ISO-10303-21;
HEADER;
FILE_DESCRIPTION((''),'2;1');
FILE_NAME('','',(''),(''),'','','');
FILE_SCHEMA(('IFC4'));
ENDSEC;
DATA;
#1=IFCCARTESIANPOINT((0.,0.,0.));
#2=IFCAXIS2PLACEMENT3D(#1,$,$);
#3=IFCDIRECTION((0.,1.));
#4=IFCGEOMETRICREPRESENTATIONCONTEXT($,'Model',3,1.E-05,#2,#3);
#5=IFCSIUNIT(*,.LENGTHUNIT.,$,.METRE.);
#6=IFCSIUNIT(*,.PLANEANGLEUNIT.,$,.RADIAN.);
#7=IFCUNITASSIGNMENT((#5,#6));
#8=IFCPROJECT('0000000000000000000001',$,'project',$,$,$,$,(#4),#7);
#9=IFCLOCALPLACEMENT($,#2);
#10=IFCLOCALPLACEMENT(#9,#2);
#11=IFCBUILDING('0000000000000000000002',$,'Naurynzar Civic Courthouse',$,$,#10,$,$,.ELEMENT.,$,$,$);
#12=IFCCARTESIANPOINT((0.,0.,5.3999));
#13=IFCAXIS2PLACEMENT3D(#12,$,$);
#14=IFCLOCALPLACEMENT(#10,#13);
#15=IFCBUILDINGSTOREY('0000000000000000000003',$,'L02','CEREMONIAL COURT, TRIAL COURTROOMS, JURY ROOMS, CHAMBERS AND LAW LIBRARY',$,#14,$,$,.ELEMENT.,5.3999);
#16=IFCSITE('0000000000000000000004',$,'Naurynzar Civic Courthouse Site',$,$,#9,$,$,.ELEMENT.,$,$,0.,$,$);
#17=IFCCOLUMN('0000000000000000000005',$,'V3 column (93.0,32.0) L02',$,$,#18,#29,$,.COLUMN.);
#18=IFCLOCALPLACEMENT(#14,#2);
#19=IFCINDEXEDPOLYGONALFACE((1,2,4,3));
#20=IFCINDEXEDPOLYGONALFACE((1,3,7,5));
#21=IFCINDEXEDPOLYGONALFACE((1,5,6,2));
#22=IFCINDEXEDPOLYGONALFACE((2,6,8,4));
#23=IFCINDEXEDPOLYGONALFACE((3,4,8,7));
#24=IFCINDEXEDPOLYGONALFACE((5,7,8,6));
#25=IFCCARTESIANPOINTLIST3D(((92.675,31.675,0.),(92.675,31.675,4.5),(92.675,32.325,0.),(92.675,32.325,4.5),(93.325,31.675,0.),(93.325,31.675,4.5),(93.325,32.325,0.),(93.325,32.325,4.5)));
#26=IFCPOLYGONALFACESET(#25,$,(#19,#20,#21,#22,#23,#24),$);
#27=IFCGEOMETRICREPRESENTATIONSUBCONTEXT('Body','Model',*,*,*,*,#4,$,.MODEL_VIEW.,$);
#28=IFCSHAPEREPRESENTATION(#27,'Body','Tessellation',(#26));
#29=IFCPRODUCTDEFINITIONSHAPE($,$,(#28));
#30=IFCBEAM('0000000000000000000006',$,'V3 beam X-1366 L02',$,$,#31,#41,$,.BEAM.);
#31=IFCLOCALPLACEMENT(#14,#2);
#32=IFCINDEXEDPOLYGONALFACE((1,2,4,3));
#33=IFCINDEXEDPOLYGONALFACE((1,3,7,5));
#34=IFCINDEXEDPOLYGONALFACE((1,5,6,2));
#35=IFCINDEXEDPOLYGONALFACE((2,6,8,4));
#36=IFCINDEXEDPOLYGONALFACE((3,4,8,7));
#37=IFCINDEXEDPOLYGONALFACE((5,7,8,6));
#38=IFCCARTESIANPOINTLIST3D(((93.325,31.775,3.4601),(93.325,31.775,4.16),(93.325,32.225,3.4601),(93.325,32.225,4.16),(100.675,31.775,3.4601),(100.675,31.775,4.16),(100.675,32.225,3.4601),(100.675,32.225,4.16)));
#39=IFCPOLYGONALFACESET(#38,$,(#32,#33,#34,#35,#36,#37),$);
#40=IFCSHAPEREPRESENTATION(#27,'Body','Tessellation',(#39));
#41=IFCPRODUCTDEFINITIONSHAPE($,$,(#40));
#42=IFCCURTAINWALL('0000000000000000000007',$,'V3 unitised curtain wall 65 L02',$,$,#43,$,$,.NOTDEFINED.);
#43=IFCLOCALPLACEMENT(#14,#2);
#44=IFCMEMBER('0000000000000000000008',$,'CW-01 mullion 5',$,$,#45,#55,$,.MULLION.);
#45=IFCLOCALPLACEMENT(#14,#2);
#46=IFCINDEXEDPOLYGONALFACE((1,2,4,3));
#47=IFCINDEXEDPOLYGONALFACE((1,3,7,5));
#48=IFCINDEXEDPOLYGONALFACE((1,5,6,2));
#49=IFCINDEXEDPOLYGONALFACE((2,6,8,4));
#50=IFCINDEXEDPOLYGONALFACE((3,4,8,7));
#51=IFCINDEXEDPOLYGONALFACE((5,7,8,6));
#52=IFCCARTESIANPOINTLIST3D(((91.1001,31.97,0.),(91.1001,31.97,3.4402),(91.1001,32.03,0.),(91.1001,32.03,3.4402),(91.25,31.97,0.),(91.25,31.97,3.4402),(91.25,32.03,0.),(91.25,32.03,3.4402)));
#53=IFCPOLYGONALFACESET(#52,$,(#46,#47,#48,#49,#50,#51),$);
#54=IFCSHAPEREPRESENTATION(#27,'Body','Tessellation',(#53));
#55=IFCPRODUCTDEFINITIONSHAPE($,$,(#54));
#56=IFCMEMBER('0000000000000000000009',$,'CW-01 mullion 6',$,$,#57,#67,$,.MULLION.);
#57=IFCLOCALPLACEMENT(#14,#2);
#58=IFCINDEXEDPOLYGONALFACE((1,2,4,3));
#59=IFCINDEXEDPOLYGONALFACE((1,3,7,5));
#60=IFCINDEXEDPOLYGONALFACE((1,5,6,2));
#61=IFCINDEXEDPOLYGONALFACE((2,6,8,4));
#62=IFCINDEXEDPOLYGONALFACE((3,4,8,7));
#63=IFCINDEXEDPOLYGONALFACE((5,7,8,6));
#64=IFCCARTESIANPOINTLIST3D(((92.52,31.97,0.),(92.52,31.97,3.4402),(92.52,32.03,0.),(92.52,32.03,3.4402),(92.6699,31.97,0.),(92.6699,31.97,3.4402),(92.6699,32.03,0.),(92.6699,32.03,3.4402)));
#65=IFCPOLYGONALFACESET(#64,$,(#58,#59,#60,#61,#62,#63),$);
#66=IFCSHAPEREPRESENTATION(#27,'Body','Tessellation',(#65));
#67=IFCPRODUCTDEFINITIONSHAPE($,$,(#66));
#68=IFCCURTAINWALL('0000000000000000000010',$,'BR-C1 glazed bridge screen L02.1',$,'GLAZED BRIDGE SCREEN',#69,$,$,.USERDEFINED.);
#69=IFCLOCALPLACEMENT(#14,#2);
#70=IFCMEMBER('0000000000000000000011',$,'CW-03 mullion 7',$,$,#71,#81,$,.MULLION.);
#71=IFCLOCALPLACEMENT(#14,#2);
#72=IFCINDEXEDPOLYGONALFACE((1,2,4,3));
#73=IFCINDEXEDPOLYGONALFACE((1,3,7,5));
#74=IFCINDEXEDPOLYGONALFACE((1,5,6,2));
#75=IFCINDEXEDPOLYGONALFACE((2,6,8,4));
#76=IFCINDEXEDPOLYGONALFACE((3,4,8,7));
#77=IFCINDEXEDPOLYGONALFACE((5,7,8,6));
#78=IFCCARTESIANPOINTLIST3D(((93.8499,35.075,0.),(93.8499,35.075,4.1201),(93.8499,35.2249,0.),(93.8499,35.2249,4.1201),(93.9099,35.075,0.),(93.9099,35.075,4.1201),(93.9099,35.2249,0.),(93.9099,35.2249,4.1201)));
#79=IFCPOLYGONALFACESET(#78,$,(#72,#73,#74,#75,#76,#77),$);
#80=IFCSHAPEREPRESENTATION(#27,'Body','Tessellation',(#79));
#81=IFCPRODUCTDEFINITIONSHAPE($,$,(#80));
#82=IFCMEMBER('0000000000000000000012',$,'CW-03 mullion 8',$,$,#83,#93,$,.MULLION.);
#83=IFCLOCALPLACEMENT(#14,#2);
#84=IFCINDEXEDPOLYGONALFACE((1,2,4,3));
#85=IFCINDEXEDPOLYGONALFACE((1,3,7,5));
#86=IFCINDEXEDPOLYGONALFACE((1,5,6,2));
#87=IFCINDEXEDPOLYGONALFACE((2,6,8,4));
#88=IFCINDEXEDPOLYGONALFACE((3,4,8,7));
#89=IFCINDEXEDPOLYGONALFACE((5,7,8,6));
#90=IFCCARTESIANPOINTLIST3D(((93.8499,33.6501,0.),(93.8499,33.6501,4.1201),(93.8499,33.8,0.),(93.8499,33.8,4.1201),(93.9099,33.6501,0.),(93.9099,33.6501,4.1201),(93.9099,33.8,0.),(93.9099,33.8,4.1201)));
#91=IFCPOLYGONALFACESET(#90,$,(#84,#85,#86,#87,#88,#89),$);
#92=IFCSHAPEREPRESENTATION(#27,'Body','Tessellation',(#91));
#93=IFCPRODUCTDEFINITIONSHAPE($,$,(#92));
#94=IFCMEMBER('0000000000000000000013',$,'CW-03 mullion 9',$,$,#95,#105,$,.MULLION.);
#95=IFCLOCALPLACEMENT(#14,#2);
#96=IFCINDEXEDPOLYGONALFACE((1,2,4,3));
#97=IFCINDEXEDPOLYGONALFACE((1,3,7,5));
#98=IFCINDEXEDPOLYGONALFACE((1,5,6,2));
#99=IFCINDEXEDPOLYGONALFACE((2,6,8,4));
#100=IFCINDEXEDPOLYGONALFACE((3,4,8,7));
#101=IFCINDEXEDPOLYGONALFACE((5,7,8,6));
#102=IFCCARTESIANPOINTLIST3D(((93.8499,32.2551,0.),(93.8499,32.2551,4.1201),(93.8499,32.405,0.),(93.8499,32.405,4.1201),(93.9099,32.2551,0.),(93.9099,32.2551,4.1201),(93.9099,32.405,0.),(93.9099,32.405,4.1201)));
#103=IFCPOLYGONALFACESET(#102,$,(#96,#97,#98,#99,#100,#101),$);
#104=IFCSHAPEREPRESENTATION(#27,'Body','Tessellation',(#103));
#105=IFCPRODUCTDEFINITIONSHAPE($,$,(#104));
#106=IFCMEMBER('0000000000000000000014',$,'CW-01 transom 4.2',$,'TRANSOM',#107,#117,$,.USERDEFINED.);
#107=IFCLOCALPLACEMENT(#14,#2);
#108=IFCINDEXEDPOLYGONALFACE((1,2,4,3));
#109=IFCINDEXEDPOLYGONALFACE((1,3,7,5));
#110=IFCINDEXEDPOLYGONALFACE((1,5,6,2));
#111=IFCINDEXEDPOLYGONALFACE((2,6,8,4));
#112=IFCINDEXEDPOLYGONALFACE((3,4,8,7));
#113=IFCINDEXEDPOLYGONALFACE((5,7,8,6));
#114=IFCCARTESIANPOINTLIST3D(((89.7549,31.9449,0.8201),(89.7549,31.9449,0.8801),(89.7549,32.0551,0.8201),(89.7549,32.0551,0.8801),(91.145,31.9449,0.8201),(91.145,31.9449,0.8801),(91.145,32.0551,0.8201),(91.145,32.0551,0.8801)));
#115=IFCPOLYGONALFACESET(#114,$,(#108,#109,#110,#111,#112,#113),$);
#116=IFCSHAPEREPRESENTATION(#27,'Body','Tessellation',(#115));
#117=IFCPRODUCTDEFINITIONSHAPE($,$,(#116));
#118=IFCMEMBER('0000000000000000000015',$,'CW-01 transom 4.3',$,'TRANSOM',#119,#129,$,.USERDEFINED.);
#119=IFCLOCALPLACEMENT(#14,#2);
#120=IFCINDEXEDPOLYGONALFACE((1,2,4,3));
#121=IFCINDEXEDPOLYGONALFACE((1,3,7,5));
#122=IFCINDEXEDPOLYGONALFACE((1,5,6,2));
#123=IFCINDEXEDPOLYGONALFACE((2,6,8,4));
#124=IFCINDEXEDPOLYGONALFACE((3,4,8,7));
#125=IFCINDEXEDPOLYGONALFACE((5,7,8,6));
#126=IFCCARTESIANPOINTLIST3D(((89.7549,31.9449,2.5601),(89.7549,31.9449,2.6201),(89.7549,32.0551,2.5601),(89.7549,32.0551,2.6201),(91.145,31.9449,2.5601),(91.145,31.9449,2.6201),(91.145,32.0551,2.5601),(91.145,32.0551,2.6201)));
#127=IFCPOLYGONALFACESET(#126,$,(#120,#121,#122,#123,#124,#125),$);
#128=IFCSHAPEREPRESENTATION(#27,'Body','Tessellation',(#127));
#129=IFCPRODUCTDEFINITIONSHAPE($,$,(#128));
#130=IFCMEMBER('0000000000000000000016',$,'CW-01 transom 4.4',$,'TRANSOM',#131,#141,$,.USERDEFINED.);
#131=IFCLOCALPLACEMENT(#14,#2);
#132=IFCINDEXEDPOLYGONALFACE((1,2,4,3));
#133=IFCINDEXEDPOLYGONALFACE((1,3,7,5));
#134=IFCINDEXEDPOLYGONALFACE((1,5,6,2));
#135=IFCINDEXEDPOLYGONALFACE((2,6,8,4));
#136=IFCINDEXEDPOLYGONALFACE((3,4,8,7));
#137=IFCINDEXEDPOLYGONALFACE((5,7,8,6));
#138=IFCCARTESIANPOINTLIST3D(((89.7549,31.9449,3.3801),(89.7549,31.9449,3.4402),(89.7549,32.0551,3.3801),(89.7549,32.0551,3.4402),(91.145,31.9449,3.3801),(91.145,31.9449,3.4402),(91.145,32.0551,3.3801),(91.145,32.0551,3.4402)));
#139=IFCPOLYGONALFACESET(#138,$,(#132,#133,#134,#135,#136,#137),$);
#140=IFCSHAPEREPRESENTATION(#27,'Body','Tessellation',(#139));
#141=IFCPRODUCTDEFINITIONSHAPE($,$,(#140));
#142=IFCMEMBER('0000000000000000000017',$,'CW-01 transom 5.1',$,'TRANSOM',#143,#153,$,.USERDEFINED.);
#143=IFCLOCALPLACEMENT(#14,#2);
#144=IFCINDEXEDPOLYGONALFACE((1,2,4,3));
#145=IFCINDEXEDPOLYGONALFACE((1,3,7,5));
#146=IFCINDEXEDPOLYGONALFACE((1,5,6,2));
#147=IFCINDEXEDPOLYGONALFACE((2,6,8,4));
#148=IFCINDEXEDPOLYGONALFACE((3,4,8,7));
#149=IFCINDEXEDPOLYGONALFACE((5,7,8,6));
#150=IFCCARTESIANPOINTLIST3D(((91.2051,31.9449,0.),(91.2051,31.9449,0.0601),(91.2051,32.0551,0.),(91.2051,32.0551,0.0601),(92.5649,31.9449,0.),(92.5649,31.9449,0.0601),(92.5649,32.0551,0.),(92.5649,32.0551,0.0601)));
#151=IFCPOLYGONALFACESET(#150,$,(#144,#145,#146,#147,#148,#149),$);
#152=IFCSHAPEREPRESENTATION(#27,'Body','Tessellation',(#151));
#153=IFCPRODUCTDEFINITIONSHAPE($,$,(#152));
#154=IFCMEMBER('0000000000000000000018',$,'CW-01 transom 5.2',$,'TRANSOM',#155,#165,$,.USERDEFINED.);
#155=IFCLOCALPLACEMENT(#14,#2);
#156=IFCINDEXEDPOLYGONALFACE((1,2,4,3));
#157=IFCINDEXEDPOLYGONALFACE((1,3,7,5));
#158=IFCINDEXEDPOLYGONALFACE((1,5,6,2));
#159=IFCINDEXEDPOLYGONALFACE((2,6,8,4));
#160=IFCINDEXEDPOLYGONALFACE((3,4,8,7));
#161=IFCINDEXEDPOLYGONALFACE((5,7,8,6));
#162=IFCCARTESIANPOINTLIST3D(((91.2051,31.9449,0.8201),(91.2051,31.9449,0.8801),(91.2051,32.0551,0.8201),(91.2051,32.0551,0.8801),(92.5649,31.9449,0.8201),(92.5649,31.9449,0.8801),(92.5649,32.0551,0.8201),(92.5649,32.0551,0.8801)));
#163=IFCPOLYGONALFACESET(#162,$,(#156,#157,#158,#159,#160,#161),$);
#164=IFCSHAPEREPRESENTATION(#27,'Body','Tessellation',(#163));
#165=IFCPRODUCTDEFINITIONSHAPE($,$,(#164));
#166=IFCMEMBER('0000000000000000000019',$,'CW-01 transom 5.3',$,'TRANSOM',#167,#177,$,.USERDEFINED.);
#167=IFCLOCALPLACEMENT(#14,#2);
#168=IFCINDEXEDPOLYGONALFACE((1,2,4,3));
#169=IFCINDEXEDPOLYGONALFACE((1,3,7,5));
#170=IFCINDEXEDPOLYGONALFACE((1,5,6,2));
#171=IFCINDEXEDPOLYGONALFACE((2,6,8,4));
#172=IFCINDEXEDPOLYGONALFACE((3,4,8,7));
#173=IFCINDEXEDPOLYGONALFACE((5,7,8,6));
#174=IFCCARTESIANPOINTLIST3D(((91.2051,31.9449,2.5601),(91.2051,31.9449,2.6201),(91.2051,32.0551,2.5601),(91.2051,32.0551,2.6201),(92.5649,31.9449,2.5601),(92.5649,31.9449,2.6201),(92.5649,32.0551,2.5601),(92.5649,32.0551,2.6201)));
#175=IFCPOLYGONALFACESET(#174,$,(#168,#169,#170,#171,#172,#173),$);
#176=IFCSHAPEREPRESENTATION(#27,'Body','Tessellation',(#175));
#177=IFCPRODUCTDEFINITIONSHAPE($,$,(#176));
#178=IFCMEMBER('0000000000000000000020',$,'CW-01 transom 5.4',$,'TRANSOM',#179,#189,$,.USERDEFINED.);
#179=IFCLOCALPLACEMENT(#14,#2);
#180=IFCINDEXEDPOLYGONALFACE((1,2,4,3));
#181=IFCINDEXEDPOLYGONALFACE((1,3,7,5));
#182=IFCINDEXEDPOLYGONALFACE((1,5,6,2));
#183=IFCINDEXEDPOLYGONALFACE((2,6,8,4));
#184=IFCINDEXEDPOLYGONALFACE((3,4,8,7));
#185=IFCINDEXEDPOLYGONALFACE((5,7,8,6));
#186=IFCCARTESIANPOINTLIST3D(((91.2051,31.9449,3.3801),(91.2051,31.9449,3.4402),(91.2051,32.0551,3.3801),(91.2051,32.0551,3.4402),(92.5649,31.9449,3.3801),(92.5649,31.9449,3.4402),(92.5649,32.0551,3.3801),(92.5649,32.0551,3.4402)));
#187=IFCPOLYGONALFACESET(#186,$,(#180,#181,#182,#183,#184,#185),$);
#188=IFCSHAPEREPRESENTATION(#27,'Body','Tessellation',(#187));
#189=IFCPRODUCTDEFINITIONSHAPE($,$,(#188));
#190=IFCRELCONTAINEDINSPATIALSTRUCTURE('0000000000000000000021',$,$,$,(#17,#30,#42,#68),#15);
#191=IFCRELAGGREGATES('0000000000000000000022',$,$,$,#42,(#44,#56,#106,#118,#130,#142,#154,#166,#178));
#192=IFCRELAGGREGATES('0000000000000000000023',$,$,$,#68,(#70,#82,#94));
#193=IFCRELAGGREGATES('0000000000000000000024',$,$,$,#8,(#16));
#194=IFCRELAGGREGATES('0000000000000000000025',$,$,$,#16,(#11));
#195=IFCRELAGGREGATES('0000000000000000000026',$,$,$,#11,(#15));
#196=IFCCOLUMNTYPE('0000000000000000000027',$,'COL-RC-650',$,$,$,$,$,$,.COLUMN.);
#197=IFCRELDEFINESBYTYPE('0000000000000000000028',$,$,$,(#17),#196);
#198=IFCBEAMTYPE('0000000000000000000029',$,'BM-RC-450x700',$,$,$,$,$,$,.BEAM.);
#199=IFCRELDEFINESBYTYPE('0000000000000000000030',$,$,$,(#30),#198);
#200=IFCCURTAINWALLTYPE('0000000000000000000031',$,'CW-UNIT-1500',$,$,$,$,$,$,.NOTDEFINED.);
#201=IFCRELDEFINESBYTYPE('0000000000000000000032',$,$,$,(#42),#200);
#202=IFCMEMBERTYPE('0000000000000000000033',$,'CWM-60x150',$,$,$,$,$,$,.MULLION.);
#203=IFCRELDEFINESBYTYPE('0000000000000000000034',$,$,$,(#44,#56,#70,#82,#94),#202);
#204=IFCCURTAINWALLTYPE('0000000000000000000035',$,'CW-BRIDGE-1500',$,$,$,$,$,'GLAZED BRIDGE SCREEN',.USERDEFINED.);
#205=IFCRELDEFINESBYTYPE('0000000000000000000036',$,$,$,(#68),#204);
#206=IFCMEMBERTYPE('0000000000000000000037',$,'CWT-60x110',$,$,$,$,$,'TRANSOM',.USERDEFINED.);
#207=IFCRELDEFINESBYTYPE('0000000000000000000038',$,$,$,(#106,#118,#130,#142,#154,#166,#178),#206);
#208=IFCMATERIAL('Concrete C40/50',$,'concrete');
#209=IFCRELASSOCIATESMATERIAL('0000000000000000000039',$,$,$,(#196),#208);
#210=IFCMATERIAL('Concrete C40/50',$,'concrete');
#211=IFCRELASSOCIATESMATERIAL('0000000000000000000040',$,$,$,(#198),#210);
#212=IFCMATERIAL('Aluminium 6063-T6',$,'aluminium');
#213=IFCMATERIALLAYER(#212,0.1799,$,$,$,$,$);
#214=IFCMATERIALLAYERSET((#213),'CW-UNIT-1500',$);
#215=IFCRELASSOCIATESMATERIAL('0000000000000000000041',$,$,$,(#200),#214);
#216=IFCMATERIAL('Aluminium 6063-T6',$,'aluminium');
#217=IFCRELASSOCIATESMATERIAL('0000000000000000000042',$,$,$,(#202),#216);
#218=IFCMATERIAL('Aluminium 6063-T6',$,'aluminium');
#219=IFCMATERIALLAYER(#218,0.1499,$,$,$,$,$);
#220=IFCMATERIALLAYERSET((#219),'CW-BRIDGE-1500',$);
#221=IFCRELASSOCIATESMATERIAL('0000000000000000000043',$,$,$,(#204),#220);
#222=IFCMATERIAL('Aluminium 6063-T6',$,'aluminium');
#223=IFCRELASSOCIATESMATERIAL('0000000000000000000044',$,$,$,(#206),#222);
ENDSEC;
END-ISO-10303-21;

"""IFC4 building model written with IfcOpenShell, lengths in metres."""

from ifc_helpers import new_model, si_unit, direction, frame, origin, origin_2d, place, context, subcontext, project, spatial, rectangle, extrude, material, layer, layer_set, material_profile, profile_set, type_object, element, aggregate, save


model = new_model("IFC4")

# Units and contexts
model_context = context("Model", 3, precision=1e-05, world=origin(), true_north=direction((0.0, 1.0)))
body_context = subcontext(model_context, "Body", "Model", "MODEL_VIEW")
ifc_project = project(units=[si_unit("LENGTHUNIT", "METRE"), si_unit("PLANEANGLEUNIT", "RADIAN")], contexts=[model_context])

# Site, building, storey
site_placement = place(None, origin())
site = spatial("IfcSite", under=ifc_project, at=site_placement, Name="Naurynzar Civic Courthouse Site", CompositionType="ELEMENT", RefElevation=0.0)
building_placement = place(site_placement, origin())
building = spatial("IfcBuilding", under=site, at=building_placement, Name="Naurynzar Civic Courthouse", CompositionType="ELEMENT")
storey_placement = place(building_placement, frame((0.0, 0.0, 5.3999)))
storey = spatial("IfcBuildingStorey", under=building, at=storey_placement, Name="L02", Description="CEREMONIAL COURT, TRIAL COURTROOMS, JURY ROOMS, CHAMBERS AND LAW LIBRARY", CompositionType="ELEMENT", Elevation=5.3999)

# Column
ifc_material_1 = material(Name="Concrete C40/50", Category="concrete")
ifc_material_profile_1 = material_profile(ifc_material_1, rectangle(XDim=0.6499, YDim=0.6499, at=origin_2d()), Name="RC 650x650")
ifc_profile_set_1 = profile_set([ifc_material_profile_1], Name="Concrete C40/50")
column_type = type_object("IfcColumnType", Name="COL-RC-650", PredefinedType="COLUMN", material=ifc_profile_set_1)
column_placement = place(storey_placement, frame((93.0, 32.0, 0.0), z_axis=(0.0, 0.0, 1.0), x_axis=(1.0, 0.0, 0.0)))
element("IfcColumn", 1, at=column_placement, inside=storey, type_object=column_type, Name="V3 column (93.0,32.0) L02", PredefinedType="COLUMN", context=body_context, shape_type="SweptSolid", body=[
    extrude(rectangle(XDim=0.6499, YDim=0.6499, at=origin_2d()), origin(), (0.0, 0.0, 1.0), 4.5),
])

# Beam
ifc_material_2 = material(Name="Concrete C40/50", Category="concrete")
ifc_material_profile_2 = material_profile(ifc_material_2, rectangle(XDim=0.45, YDim=0.7, at=origin_2d()), Name="RCB 450x700")
ifc_profile_set_2 = profile_set([ifc_material_profile_2], Name="Concrete C40/50")
beam_type = type_object("IfcBeamType", Name="BM-RC-450x700", PredefinedType="BEAM", material=ifc_profile_set_2)
beam_placement = place(storey_placement, frame((93.325, 32.0, 3.8101), z_axis=(1.0, 0.0, 0.0), x_axis=(0.0, 1.0, 0.0)))
element("IfcBeam", 2, at=beam_placement, inside=storey, type_object=beam_type, Name="V3 beam X-1366 L02", PredefinedType="BEAM", context=body_context, shape_type="SweptSolid", body=[
    extrude(rectangle(XDim=0.45, YDim=0.7, at=origin_2d()), origin(), (0.0, 0.0, 1.0), 7.3501),
])

# Curtain walls, members
ifc_material_3 = material(Name="Aluminium 6063-T6", Category="aluminium")
ifc_layer_1 = layer(ifc_material_3, 0.1799)
ifc_layer_set_1 = layer_set([ifc_layer_1], Name="CW-UNIT-1500")
curtain_wall_type_1 = type_object("IfcCurtainWallType", Name="CW-UNIT-1500", PredefinedType="NOTDEFINED", material=ifc_layer_set_1)
curtain_wall_1_placement = place(storey_placement, origin())
curtain_wall_1 = element("IfcCurtainWall", 3, at=curtain_wall_1_placement, inside=storey, type_object=curtain_wall_type_1, Name="V3 unitised curtain wall 65 L02", PredefinedType="NOTDEFINED")
ifc_material_4 = material(Name="Aluminium 6063-T6", Category="aluminium")
ifc_material_profile_3 = material_profile(ifc_material_4, rectangle(XDim=0.0601, YDim=0.1499, at=origin_2d()), Name="ALU MULLION 60x150")
ifc_profile_set_3 = profile_set([ifc_material_profile_3], Name="Aluminium 6063-T6")
member_type_1 = type_object("IfcMemberType", Name="CWM-60x150", PredefinedType="MULLION", material=ifc_profile_set_3)
member_1_placement = place(storey_placement, frame((91.175, 32.0, 0.0), z_axis=(0.0, 0.0, 1.0), x_axis=(0.0, 1.0, 0.0)))
member_1 = element("IfcMember", 4, at=member_1_placement, type_object=member_type_1, Name="CW-01 mullion 5", PredefinedType="MULLION", context=body_context, shape_type="SweptSolid", body=[
    extrude(rectangle(XDim=0.0601, YDim=0.1499, at=origin_2d()), origin(), (0.0, 0.0, 1.0), 3.4402),
])
member_2_placement = place(storey_placement, frame((92.595, 32.0, 0.0), z_axis=(0.0, 0.0, 1.0), x_axis=(0.0, 1.0, 0.0)))
member_2 = element("IfcMember", 5, at=member_2_placement, type_object=member_type_1, Name="CW-01 mullion 6", PredefinedType="MULLION", context=body_context, shape_type="SweptSolid", body=[
    extrude(rectangle(XDim=0.0601, YDim=0.1499, at=origin_2d()), origin(), (0.0, 0.0, 1.0), 3.4402),
])
ifc_material_5 = material(Name="Aluminium 6063-T6", Category="aluminium")
ifc_layer_2 = layer(ifc_material_5, 0.1499)
ifc_layer_set_2 = layer_set([ifc_layer_2], Name="CW-BRIDGE-1500")
curtain_wall_type_2 = type_object("IfcCurtainWallType", Name="CW-BRIDGE-1500", ElementType="GLAZED BRIDGE SCREEN", PredefinedType="USERDEFINED", material=ifc_layer_set_2)
curtain_wall_2_placement = place(storey_placement, origin())
curtain_wall_2 = element("IfcCurtainWall", 6, at=curtain_wall_2_placement, inside=storey, type_object=curtain_wall_type_2, Name="BR-C1 glazed bridge screen L02.1", ObjectType="GLAZED BRIDGE SCREEN", PredefinedType="USERDEFINED")
member_3_placement = place(storey_placement, frame((93.8799, 35.1499, 0.0), z_axis=(0.0, 0.0, 1.0), x_axis=(1.0, 0.0, 0.0)))
member_3 = element("IfcMember", 7, at=member_3_placement, type_object=member_type_1, Name="CW-03 mullion 7", PredefinedType="MULLION", context=body_context, shape_type="SweptSolid", body=[
    extrude(rectangle(XDim=0.0601, YDim=0.1499, at=origin_2d()), origin(), (0.0, 0.0, 1.0), 4.1201),
])
member_4_placement = place(storey_placement, frame((93.8799, 33.7251, 0.0), z_axis=(0.0, 0.0, 1.0), x_axis=(1.0, 0.0, 0.0)))
member_4 = element("IfcMember", 8, at=member_4_placement, type_object=member_type_1, Name="CW-03 mullion 8", PredefinedType="MULLION", context=body_context, shape_type="SweptSolid", body=[
    extrude(rectangle(XDim=0.0601, YDim=0.1499, at=origin_2d()), origin(), (0.0, 0.0, 1.0), 4.1201),
])
member_5_placement = place(storey_placement, frame((93.8799, 32.3301, 0.0), z_axis=(0.0, 0.0, 1.0), x_axis=(1.0, 0.0, 0.0)))
member_5 = element("IfcMember", 9, at=member_5_placement, type_object=member_type_1, Name="CW-03 mullion 9", PredefinedType="MULLION", context=body_context, shape_type="SweptSolid", body=[
    extrude(rectangle(XDim=0.0601, YDim=0.1499, at=origin_2d()), origin(), (0.0, 0.0, 1.0), 4.1201),
])

# Members
ifc_material_6 = material(Name="Aluminium 6063-T6", Category="aluminium")
ifc_material_profile_4 = material_profile(ifc_material_6, rectangle(XDim=0.1101, YDim=0.0601, at=origin_2d()), Name="ALU TRANSOM 60x110")
ifc_profile_set_4 = profile_set([ifc_material_profile_4], Name="Aluminium 6063-T6")
member_type_2 = type_object("IfcMemberType", Name="CWT-60x110", ElementType="TRANSOM", PredefinedType="USERDEFINED", material=ifc_profile_set_4)
member_6_placement = place(storey_placement, frame((89.7549, 32.0, 0.8501), z_axis=(1.0, 0.0, 0.0), x_axis=(0.0, 1.0, 0.0)))
member_6 = element("IfcMember", 10, at=member_6_placement, type_object=member_type_2, Name="CW-01 transom 4.2", ObjectType="TRANSOM", PredefinedType="USERDEFINED", context=body_context, shape_type="SweptSolid", body=[
    extrude(rectangle(XDim=0.1101, YDim=0.0601, at=origin_2d()), origin(), (0.0, 0.0, 1.0), 1.3901),
])
member_7_placement = place(storey_placement, frame((89.7549, 32.0, 2.5901), z_axis=(1.0, 0.0, 0.0), x_axis=(0.0, 1.0, 0.0)))
member_7 = element("IfcMember", 11, at=member_7_placement, type_object=member_type_2, Name="CW-01 transom 4.3", ObjectType="TRANSOM", PredefinedType="USERDEFINED", context=body_context, shape_type="SweptSolid", body=[
    extrude(rectangle(XDim=0.1101, YDim=0.0601, at=origin_2d()), origin(), (0.0, 0.0, 1.0), 1.3901),
])
member_8_placement = place(storey_placement, frame((89.7549, 32.0, 3.4102), z_axis=(1.0, 0.0, 0.0), x_axis=(0.0, 1.0, 0.0)))
member_8 = element("IfcMember", 12, at=member_8_placement, type_object=member_type_2, Name="CW-01 transom 4.4", ObjectType="TRANSOM", PredefinedType="USERDEFINED", context=body_context, shape_type="SweptSolid", body=[
    extrude(rectangle(XDim=0.1101, YDim=0.0601, at=origin_2d()), origin(), (0.0, 0.0, 1.0), 1.3901),
])
member_9_placement = place(storey_placement, frame((91.2051, 32.0, 0.03), z_axis=(1.0, 0.0, 0.0), x_axis=(0.0, 1.0, 0.0)))
member_9 = element("IfcMember", 13, at=member_9_placement, type_object=member_type_2, Name="CW-01 transom 5.1", ObjectType="TRANSOM", PredefinedType="USERDEFINED", context=body_context, shape_type="SweptSolid", body=[
    extrude(rectangle(XDim=0.1101, YDim=0.0601, at=origin_2d()), origin(), (0.0, 0.0, 1.0), 1.3599),
])
member_10_placement = place(storey_placement, frame((91.2051, 32.0, 0.8501), z_axis=(1.0, 0.0, 0.0), x_axis=(0.0, 1.0, 0.0)))
member_10 = element("IfcMember", 14, at=member_10_placement, type_object=member_type_2, Name="CW-01 transom 5.2", ObjectType="TRANSOM", PredefinedType="USERDEFINED", context=body_context, shape_type="SweptSolid", body=[
    extrude(rectangle(XDim=0.1101, YDim=0.0601, at=origin_2d()), origin(), (0.0, 0.0, 1.0), 1.3599),
])
member_11_placement = place(storey_placement, frame((91.2051, 32.0, 2.5901), z_axis=(1.0, 0.0, 0.0), x_axis=(0.0, 1.0, 0.0)))
member_11 = element("IfcMember", 15, at=member_11_placement, type_object=member_type_2, Name="CW-01 transom 5.3", ObjectType="TRANSOM", PredefinedType="USERDEFINED", context=body_context, shape_type="SweptSolid", body=[
    extrude(rectangle(XDim=0.1101, YDim=0.0601, at=origin_2d()), origin(), (0.0, 0.0, 1.0), 1.3599),
])
member_12_placement = place(storey_placement, frame((91.2051, 32.0, 3.4102), z_axis=(1.0, 0.0, 0.0), x_axis=(0.0, 1.0, 0.0)))
member_12 = element("IfcMember", 16, at=member_12_placement, type_object=member_type_2, Name="CW-01 transom 5.4", ObjectType="TRANSOM", PredefinedType="USERDEFINED", context=body_context, shape_type="SweptSolid", body=[
    extrude(rectangle(XDim=0.1101, YDim=0.0601, at=origin_2d()), origin(), (0.0, 0.0, 1.0), 1.3599),
])

aggregate(curtain_wall_1, [member_1, member_2, member_6, member_7, member_8, member_9, member_10, member_11, member_12])
aggregate(curtain_wall_2, [member_3, member_4, member_5])

save(model, "model.ifc")
